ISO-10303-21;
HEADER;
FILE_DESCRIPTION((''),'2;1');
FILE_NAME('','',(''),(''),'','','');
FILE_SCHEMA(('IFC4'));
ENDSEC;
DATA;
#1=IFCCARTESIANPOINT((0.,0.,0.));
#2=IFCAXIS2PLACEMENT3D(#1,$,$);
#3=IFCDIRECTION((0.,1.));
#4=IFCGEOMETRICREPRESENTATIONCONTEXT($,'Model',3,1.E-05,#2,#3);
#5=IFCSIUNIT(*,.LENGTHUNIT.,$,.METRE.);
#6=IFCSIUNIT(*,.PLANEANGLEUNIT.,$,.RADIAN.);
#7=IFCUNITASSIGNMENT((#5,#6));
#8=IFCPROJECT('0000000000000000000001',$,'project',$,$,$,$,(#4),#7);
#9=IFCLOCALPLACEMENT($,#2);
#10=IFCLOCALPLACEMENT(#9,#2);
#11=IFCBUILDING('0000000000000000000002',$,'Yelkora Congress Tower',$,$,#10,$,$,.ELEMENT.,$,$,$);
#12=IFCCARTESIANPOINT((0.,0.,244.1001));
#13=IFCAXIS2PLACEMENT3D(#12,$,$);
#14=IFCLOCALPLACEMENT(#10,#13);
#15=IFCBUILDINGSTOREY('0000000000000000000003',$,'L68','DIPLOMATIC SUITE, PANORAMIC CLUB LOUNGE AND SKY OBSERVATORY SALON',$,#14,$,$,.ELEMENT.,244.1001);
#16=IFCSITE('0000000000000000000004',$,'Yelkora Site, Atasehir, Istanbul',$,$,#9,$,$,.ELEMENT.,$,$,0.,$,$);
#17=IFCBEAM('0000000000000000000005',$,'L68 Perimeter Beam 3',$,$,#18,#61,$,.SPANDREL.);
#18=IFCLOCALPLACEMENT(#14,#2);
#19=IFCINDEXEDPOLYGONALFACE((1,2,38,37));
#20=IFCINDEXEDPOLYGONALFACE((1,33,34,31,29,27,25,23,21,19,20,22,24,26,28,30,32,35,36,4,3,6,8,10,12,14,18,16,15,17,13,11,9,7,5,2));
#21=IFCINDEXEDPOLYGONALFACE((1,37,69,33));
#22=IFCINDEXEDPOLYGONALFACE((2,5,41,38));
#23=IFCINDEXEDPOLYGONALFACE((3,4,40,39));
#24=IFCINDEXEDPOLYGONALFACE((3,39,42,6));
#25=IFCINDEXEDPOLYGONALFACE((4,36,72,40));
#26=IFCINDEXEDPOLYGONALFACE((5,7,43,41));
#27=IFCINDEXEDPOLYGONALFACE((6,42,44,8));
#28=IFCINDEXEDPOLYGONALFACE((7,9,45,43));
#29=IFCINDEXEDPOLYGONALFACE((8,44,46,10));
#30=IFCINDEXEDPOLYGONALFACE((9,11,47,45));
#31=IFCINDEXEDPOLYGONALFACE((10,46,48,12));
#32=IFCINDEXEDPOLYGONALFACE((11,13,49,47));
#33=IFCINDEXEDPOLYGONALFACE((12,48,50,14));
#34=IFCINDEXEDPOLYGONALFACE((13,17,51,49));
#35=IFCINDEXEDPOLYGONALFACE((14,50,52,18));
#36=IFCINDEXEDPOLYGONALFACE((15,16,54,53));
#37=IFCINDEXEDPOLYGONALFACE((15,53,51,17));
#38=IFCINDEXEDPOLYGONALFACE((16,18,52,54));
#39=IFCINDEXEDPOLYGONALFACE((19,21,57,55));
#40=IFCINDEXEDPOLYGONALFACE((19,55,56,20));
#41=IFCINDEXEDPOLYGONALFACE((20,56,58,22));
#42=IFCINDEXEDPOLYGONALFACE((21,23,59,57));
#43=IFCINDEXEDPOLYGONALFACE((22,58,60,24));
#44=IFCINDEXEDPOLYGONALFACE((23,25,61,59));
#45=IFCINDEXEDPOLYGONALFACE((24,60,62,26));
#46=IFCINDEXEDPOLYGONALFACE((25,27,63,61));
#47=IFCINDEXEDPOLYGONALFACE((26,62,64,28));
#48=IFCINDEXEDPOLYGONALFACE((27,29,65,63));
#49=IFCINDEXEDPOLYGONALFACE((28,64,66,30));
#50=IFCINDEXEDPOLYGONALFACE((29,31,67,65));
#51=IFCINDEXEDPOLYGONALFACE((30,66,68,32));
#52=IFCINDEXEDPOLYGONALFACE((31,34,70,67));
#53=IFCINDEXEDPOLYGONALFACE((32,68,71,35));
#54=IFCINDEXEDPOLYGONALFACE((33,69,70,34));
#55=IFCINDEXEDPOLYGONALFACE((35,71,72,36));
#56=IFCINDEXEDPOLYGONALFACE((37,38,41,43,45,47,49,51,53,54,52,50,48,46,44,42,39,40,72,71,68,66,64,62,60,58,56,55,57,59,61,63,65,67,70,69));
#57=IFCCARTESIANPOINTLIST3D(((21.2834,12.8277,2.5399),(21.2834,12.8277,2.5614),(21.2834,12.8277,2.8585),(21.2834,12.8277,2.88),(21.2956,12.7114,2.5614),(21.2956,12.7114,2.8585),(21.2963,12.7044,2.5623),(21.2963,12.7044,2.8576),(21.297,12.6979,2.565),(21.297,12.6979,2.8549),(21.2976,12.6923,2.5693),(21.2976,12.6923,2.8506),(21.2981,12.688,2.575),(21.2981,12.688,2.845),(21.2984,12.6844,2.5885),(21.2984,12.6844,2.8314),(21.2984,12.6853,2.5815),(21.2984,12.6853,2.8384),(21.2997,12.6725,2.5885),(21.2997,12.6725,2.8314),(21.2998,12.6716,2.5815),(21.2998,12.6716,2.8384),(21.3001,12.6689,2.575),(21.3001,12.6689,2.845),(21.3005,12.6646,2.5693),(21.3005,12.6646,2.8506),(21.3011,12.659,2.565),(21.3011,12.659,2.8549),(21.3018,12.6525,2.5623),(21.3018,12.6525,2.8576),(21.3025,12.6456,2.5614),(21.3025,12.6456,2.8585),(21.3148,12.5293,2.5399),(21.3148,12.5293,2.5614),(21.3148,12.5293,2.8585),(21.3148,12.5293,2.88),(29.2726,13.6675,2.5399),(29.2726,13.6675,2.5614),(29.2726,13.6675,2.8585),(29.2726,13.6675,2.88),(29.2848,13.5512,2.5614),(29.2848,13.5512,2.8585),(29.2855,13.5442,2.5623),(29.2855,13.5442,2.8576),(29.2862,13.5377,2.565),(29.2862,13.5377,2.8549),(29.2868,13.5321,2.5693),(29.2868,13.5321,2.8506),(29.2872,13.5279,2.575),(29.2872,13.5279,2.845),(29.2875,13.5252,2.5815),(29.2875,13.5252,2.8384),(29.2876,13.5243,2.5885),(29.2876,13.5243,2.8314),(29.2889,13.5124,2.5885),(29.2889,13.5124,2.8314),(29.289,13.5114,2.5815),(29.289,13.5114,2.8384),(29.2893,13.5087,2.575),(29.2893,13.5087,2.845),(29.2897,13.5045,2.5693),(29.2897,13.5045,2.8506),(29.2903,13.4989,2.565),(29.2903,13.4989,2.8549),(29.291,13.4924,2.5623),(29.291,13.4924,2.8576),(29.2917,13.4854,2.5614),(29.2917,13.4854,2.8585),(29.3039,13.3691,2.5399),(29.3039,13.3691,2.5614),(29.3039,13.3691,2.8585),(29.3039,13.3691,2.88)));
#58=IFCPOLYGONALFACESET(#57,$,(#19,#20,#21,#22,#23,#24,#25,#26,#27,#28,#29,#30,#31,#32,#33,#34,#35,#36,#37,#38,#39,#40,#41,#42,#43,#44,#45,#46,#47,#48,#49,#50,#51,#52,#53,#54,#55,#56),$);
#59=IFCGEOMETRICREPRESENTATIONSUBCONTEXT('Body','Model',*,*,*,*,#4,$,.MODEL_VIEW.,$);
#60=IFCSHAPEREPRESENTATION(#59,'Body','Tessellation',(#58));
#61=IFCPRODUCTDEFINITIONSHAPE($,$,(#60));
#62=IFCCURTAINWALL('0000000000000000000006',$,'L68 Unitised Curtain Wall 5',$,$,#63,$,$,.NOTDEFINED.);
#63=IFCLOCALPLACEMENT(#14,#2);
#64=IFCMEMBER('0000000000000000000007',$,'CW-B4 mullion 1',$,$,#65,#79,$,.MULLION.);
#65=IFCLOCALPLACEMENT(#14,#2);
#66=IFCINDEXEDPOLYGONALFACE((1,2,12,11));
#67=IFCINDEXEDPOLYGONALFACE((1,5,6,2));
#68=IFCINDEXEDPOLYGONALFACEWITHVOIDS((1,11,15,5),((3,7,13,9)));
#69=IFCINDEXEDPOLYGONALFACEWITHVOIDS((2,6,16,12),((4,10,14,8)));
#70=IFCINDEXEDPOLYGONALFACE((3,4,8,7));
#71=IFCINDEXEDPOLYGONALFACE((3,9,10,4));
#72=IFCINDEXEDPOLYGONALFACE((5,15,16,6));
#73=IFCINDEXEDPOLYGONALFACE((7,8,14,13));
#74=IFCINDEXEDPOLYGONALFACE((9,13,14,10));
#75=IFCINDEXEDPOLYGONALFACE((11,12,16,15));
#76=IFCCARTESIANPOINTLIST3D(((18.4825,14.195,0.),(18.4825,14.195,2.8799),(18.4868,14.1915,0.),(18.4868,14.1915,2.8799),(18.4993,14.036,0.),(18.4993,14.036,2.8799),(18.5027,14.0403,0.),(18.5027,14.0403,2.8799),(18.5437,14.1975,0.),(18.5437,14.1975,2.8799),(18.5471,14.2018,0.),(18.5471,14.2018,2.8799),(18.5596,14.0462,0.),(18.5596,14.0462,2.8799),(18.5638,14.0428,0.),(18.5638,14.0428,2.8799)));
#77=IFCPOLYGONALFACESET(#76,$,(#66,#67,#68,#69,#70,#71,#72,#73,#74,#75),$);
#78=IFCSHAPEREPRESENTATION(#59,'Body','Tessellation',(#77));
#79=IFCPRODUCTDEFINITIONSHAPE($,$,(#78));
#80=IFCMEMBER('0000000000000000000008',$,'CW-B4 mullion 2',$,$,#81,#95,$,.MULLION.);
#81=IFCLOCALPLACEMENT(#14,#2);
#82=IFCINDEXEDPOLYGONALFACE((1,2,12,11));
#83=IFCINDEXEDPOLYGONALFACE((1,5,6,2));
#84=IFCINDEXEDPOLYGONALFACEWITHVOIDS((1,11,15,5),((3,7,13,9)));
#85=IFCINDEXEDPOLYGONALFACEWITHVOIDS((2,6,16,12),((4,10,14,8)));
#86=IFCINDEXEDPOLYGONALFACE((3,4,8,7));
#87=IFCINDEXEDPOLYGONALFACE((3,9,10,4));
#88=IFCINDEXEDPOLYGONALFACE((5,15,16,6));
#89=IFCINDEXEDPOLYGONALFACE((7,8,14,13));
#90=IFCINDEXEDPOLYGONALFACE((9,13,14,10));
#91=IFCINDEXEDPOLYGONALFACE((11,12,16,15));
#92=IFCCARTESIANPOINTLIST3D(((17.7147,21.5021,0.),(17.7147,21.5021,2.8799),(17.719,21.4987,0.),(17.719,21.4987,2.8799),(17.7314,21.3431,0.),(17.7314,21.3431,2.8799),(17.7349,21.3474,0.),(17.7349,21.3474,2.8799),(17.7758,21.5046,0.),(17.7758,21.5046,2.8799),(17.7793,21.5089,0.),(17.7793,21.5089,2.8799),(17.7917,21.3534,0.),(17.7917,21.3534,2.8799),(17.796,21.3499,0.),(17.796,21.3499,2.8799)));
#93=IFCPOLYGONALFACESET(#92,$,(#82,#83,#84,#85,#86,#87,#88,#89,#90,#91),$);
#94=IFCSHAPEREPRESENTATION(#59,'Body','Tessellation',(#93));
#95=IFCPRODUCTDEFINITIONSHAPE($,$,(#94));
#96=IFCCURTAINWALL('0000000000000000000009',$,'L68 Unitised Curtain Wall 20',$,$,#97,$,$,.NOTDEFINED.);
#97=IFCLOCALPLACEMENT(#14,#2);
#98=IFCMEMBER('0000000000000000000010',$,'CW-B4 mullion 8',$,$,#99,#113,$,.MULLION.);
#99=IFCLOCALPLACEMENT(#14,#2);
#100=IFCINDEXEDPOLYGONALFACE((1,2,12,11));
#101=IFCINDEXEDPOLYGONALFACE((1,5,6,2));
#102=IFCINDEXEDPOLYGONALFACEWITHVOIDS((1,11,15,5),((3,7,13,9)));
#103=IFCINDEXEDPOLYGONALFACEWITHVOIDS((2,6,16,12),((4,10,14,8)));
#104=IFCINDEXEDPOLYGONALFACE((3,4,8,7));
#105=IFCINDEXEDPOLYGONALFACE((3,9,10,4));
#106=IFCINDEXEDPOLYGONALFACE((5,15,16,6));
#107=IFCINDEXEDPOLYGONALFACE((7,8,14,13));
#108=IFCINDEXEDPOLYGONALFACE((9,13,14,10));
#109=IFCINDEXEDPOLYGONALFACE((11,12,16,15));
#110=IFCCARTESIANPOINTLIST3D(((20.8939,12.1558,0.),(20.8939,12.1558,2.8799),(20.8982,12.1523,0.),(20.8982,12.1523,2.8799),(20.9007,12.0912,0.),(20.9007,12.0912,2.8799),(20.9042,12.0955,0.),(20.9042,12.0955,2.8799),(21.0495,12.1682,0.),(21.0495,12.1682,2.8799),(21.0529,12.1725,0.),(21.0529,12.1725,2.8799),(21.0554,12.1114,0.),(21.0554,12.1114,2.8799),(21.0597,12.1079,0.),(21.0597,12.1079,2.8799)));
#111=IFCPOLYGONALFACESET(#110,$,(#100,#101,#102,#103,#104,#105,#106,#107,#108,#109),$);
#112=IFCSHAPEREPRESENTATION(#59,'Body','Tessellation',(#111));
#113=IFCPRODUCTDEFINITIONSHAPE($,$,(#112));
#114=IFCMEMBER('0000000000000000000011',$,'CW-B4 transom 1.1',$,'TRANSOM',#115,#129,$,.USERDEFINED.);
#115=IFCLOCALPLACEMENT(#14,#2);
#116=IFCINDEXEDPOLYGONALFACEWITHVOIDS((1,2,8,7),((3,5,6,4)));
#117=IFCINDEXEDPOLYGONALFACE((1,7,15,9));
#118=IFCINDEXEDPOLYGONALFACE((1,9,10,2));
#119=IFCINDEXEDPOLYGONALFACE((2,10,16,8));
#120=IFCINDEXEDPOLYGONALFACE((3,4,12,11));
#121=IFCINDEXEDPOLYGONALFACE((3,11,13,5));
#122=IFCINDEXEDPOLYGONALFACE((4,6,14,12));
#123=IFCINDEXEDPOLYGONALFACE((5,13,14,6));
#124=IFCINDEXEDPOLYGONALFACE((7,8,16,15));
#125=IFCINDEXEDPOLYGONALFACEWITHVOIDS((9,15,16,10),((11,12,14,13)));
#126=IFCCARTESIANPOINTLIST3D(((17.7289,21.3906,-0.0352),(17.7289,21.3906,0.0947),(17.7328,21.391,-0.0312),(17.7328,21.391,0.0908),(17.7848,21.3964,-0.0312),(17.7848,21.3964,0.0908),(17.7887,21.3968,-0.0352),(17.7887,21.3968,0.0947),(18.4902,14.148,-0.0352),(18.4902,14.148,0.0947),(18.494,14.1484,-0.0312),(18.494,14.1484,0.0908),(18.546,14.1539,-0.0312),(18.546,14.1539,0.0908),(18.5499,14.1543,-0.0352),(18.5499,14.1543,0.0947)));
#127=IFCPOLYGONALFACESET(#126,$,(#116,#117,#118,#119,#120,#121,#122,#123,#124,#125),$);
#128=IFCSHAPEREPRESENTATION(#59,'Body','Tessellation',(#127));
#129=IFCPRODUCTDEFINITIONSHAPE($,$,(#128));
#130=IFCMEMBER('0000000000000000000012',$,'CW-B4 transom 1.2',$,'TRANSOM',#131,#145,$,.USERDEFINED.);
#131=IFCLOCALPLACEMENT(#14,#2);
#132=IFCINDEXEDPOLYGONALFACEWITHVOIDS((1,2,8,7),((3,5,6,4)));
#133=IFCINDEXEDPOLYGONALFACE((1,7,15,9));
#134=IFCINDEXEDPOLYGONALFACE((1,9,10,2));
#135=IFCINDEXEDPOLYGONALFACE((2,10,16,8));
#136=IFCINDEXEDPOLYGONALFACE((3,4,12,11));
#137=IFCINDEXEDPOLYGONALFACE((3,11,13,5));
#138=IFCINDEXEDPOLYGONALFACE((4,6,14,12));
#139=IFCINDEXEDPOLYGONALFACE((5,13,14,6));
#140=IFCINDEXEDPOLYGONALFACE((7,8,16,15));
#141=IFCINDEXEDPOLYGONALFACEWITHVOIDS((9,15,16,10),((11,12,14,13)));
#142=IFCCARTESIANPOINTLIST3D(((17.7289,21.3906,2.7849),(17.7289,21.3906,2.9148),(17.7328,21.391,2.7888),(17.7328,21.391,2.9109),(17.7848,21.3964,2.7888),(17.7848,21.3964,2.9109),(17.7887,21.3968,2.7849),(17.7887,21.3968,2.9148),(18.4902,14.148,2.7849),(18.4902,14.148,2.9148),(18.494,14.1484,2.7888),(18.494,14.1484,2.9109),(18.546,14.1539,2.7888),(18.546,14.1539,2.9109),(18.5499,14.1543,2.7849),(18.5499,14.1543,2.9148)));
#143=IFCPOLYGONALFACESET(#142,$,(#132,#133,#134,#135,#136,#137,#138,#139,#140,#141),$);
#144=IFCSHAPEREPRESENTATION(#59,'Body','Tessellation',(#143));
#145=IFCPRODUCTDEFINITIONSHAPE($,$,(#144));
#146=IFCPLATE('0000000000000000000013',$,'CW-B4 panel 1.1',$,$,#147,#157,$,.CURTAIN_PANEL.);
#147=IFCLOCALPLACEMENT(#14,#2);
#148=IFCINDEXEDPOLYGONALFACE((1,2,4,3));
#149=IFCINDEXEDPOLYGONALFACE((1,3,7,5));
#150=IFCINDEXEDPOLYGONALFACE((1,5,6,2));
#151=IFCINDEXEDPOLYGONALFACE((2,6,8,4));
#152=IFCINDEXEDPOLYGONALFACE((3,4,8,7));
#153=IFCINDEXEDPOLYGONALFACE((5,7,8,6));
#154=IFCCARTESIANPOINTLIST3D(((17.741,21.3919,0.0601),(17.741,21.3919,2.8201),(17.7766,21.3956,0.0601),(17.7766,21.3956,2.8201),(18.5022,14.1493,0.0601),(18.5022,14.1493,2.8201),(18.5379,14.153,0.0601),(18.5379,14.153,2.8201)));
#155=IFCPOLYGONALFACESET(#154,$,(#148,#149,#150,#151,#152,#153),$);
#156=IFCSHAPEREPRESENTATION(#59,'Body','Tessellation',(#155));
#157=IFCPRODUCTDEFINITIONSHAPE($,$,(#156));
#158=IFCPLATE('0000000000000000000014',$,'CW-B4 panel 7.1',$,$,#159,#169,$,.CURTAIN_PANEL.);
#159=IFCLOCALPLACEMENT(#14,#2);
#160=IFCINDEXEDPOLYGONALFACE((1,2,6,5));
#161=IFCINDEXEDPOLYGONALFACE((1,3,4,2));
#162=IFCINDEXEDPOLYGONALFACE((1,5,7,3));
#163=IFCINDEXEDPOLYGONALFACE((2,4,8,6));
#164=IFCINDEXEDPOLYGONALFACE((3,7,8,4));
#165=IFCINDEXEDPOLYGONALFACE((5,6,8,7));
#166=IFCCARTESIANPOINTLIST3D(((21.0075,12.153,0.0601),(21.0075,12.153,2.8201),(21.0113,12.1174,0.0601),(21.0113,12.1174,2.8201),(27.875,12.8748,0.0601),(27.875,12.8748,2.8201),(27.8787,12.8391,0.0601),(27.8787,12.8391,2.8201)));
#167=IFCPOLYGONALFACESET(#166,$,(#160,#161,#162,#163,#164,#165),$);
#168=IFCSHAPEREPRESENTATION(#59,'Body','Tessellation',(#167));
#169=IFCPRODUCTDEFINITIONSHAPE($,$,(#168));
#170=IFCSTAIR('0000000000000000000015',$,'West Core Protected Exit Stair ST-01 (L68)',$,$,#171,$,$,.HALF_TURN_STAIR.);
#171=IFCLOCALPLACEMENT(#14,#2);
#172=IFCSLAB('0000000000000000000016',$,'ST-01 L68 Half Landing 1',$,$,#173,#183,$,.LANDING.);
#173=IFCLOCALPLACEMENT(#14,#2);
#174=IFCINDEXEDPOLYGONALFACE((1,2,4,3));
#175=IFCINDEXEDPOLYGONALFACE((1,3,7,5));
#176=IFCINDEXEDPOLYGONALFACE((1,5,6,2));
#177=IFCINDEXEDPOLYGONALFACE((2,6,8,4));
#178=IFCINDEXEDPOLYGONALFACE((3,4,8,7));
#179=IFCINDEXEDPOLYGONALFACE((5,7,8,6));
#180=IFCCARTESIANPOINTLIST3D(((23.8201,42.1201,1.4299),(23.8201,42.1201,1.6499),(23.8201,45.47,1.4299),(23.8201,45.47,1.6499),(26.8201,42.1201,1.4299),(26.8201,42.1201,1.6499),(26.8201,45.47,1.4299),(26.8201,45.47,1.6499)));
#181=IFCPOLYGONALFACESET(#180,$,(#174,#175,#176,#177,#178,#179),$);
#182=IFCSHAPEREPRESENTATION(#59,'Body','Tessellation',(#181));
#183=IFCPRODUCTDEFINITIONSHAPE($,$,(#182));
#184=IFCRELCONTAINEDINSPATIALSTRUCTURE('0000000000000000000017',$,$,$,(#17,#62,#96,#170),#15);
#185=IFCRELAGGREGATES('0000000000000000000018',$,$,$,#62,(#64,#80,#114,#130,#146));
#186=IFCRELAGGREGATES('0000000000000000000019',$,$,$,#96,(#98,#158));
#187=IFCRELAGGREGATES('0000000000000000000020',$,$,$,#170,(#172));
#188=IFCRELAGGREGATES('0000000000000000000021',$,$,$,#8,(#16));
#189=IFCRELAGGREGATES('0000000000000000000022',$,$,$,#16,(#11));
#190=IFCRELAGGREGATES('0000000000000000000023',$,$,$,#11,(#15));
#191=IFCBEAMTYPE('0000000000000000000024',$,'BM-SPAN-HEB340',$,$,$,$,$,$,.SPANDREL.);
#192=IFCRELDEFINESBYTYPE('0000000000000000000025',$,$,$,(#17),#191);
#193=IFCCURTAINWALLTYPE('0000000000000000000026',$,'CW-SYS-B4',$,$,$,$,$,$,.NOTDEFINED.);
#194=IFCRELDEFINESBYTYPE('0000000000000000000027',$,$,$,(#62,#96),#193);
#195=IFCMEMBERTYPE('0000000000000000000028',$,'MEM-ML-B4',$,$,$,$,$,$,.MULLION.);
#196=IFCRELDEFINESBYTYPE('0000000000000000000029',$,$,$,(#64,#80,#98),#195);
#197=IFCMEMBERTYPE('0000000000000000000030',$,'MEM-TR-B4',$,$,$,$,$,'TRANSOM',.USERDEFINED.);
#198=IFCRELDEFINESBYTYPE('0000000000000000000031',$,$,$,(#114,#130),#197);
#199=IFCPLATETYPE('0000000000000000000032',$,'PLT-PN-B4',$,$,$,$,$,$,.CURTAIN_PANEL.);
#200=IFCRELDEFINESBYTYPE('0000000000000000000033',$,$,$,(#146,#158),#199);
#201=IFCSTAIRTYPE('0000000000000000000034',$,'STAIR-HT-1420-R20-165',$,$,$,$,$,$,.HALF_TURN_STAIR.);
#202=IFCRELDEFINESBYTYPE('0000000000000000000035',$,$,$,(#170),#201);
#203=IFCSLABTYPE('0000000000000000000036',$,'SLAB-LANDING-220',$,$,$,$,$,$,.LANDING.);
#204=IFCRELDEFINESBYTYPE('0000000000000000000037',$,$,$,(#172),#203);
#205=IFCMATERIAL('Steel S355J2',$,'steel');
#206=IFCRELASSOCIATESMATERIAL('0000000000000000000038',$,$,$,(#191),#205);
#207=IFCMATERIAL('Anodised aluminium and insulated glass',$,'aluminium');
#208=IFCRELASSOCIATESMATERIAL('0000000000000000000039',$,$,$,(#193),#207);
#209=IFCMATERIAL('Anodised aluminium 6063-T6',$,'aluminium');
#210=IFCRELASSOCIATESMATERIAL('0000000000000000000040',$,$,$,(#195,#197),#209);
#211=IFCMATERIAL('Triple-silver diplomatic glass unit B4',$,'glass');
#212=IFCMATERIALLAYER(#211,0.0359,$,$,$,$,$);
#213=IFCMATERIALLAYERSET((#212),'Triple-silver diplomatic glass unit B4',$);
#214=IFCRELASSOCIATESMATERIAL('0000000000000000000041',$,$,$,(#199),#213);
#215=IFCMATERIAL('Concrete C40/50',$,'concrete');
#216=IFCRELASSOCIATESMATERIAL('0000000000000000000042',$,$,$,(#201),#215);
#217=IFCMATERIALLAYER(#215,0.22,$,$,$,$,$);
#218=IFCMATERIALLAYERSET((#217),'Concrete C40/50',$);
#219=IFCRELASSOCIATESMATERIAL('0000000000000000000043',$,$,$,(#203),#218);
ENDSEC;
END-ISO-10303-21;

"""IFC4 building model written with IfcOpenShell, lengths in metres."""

from ifc_helpers import new_model, si_unit, direction, frame, origin, origin_2d, place, context, subcontext, project, spatial, polyline, rectangle, hollow_rectangle, i_section, outline, extrude, material, layer, layer_set, material_profile, profile_set, type_object, element, aggregate, save


model = new_model("IFC4")

# Units and contexts
model_context = context("Model", 3, precision=1e-05, world=origin(), true_north=direction((0.0, 1.0)))
body_context = subcontext(model_context, "Body", "Model", "MODEL_VIEW")
ifc_project = project(units=[si_unit("LENGTHUNIT", "METRE"), si_unit("PLANEANGLEUNIT", "RADIAN")], contexts=[model_context])

# Site, building, storey
site_placement = place(None, origin())
site = spatial("IfcSite", under=ifc_project, at=site_placement, Name="Yelkora Site, Atasehir, Istanbul", CompositionType="ELEMENT", RefElevation=0.0)
building_placement = place(site_placement, origin())
building = spatial("IfcBuilding", under=site, at=building_placement, Name="Yelkora Congress Tower", CompositionType="ELEMENT")
storey_placement = place(building_placement, frame((0.0, 0.0, 244.1001)))
storey = spatial("IfcBuildingStorey", under=building, at=storey_placement, Name="L68", Description="DIPLOMATIC SUITE, PANORAMIC CLUB LOUNGE AND SKY OBSERVATORY SALON", CompositionType="ELEMENT", Elevation=244.1001)

# Shared definitions
ifc_material_1 = material(Name="Steel S355J2", Category="steel")

# Beam
ifc_material_profile_1 = material_profile(ifc_material_1, i_section(OverallWidth=0.3, OverallDepth=0.3401, WebThickness=0.012, FlangeThickness=0.0215, FilletRadius=0.0271, at=origin_2d()), Name="HEB 340")
ifc_profile_set_1 = profile_set([ifc_material_profile_1], Name="Steel S355J2")
beam_type_1 = type_object("IfcBeamType", Name="BM-SPAN-HEB340", PredefinedType="SPANDREL", material=ifc_profile_set_1)
beam_1_placement = place(storey_placement, frame((21.2991, 12.6785, 2.71), z_axis=(0.99452, 0.104546, 0.0), x_axis=(-0.104546, 0.99452, 0.0)))
element("IfcBeam", 1, at=beam_1_placement, inside=storey, type_object=beam_type_1, Name="L68 Perimeter Beam 3", PredefinedType="SPANDREL", context=body_context, shape_type="SweptSolid", body=[
    extrude(i_section(OverallWidth=0.3, OverallDepth=0.3401, WebThickness=0.012, FlangeThickness=0.0215, FilletRadius=0.0271, at=origin_2d()), origin(), (0.0, 0.0, 1.0), 8.0332),
])

# Curtain wall, members
ifc_material_2 = material(Name="Anodised aluminium and insulated glass", Category="aluminium")
curtain_wall_type = type_object("IfcCurtainWallType", Name="CW-SYS-B4", PredefinedType="NOTDEFINED", material=ifc_material_2)
curtain_wall_1_placement = place(storey_placement, origin())
curtain_wall_1 = element("IfcCurtainWall", 2, at=curtain_wall_1_placement, inside=storey, type_object=curtain_wall_type, Name="L68 Unitised Curtain Wall 5", PredefinedType="NOTDEFINED")
ifc_material_3 = material(Name="Anodised aluminium 6063-T6", Category="aluminium")
ifc_material_profile_2 = material_profile(ifc_material_3, hollow_rectangle(XDim=0.0649, YDim=0.1599, WallThickness=0.0039, at=origin_2d()), Name="ALU 65x160x4")
ifc_profile_set_2 = profile_set([ifc_material_profile_2], Name="Anodised aluminium 6063-T6")
member_type_1 = type_object("IfcMemberType", Name="MEM-ML-B4", PredefinedType="MULLION", material=ifc_profile_set_2)
member_1_placement = place(storey_placement, frame((18.5232, 14.1189, 0.0), z_axis=(0.0, 0.0, 1.0), x_axis=(-0.994522, -0.104526, 0.0)))
member_1 = element("IfcMember", 3, at=member_1_placement, type_object=member_type_1, Name="CW-B4 mullion 1", PredefinedType="MULLION", context=body_context, shape_type="SweptSolid", body=[
    extrude(hollow_rectangle(XDim=0.0649, YDim=0.1599, WallThickness=0.0039, at=origin_2d()), origin(), (0.0, 0.0, 1.0), 2.8799),
])
member_2_placement = place(storey_placement, frame((17.7554, 21.426, 0.0), z_axis=(0.0, 0.0, 1.0), x_axis=(-0.994522, -0.104526, 0.0)))
member_2 = element("IfcMember", 4, at=member_2_placement, type_object=member_type_1, Name="CW-B4 mullion 2", PredefinedType="MULLION", context=body_context, shape_type="SweptSolid", body=[
    extrude(hollow_rectangle(XDim=0.0649, YDim=0.1599, WallThickness=0.0039, at=origin_2d()), origin(), (0.0, 0.0, 1.0), 2.8799),
])

# Curtain wall, member
curtain_wall_2_placement = place(storey_placement, origin())
curtain_wall_2 = element("IfcCurtainWall", 5, at=curtain_wall_2_placement, inside=storey, type_object=curtain_wall_type, Name="L68 Unitised Curtain Wall 20", PredefinedType="NOTDEFINED")
member_3_placement = place(storey_placement, frame((20.9768, 12.1318, 0.0), z_axis=(0.0, 0.0, 1.0), x_axis=(0.104527, -0.994522, 0.0)))
member_3 = element("IfcMember", 6, at=member_3_placement, type_object=member_type_1, Name="CW-B4 mullion 8", PredefinedType="MULLION", context=body_context, shape_type="SweptSolid", body=[
    extrude(hollow_rectangle(XDim=0.0649, YDim=0.1599, WallThickness=0.0039, at=origin_2d()), origin(), (0.0, 0.0, 1.0), 2.8799),
])

# Members
ifc_material_profile_3 = material_profile(ifc_material_3, hollow_rectangle(XDim=0.0601, YDim=0.1299, WallThickness=0.0039, at=origin_2d()), Name="ALU 60x130x4")
ifc_profile_set_3 = profile_set([ifc_material_profile_3], Name="Anodised aluminium 6063-T6")
member_type_2 = type_object("IfcMemberType", Name="MEM-TR-B4", ElementType="TRANSOM", PredefinedType="USERDEFINED", material=ifc_profile_set_3)
member_4_placement = place(storey_placement, frame((18.52, 14.1511, 0.0298), z_axis=(-0.104528, 0.994522, 0.0), x_axis=(-0.994522, -0.104528, 0.0)))
member_4 = element("IfcMember", 7, at=member_4_placement, type_object=member_type_2, Name="CW-B4 transom 1.1", ObjectType="TRANSOM", PredefinedType="USERDEFINED", context=body_context, shape_type="SweptSolid", body=[
    extrude(hollow_rectangle(XDim=0.0601, YDim=0.1299, WallThickness=0.0039, at=origin_2d()), origin(), (0.0, 0.0, 1.0), 7.2825),
])
member_5_placement = place(storey_placement, frame((18.52, 14.1511, 2.8499), z_axis=(-0.104528, 0.994522, 0.0), x_axis=(-0.994522, -0.104528, 0.0)))
member_5 = element("IfcMember", 8, at=member_5_placement, type_object=member_type_2, Name="CW-B4 transom 1.2", ObjectType="TRANSOM", PredefinedType="USERDEFINED", context=body_context, shape_type="SweptSolid", body=[
    extrude(hollow_rectangle(XDim=0.0601, YDim=0.1299, WallThickness=0.0039, at=origin_2d()), origin(), (0.0, 0.0, 1.0), 7.2825),
])

# Plates
ifc_material_4 = material(Name="Triple-silver diplomatic glass unit B4", Category="glass")
ifc_layer_1 = layer(ifc_material_4, 0.0359)
ifc_layer_set_1 = layer_set([ifc_layer_1], Name="Triple-silver diplomatic glass unit B4")
plate_type = type_object("IfcPlateType", Name="PLT-PN-B4", PredefinedType="CURTAIN_PANEL", material=ifc_layer_set_1)
plate_1_placement = place(storey_placement, frame((18.1394, 17.7725, 0.0601), z_axis=(0.0, 0.0, 1.0), x_axis=(-0.104526, 0.994522, 0.0)))
plate_1 = element("IfcPlate", 9, at=plate_1_placement, type_object=plate_type, Name="CW-B4 panel 1.1", PredefinedType="CURTAIN_PANEL", context=body_context, shape_type="SweptSolid", body=[
    extrude(rectangle(XDim=7.2825, YDim=0.0359, at=origin_2d()), origin(), (0.0, 0.0, 1.0), 2.76),
])
aggregate(curtain_wall_1, [member_1, member_2, member_4, member_5, plate_1])
plate_2_placement = place(storey_placement, frame((24.4431, 12.4961, 0.0601), z_axis=(0.0, 0.0, 1.0), x_axis=(-0.994522, -0.104527, 0.0)))
plate_2 = element("IfcPlate", 10, at=plate_2_placement, type_object=plate_type, Name="CW-B4 panel 7.1", PredefinedType="CURTAIN_PANEL", context=body_context, shape_type="SweptSolid", body=[
    extrude(rectangle(XDim=6.9053, YDim=0.0359, at=origin_2d()), origin(), (0.0, 0.0, 1.0), 2.76),
])
aggregate(curtain_wall_2, [member_3, plate_2])

# Stair, slab
ifc_material_5 = material(Name="Concrete C40/50", Category="concrete")
stair_type = type_object("IfcStairType", Name="STAIR-HT-1420-R20-165", PredefinedType="HALF_TURN_STAIR", material=ifc_material_5)
stair_1_placement = place(storey_placement, origin())
stair_1 = element("IfcStair", 11, at=stair_1_placement, inside=storey, type_object=stair_type, Name="West Core Protected Exit Stair ST-01 (L68)", PredefinedType="HALF_TURN_STAIR")
ifc_layer_2 = layer(ifc_material_5, 0.22)
ifc_layer_set_2 = layer_set([ifc_layer_2], Name="Concrete C40/50")
slab_type_1 = type_object("IfcSlabType", Name="SLAB-LANDING-220", PredefinedType="LANDING", material=ifc_layer_set_2)
slab_1_placement = place(storey_placement, frame((0.0, 0.0, 1.4299)))
slab_1 = element("IfcSlab", 12, at=slab_1_placement, type_object=slab_type_1, Name="ST-01 L68 Half Landing 1", PredefinedType="LANDING", context=body_context, shape_type="SweptSolid", body=[
    extrude(outline(polyline([(26.8201, 42.1201), (26.8201, 45.47), (23.8201, 45.47), (23.8201, 42.1201), (26.8201, 42.1201)])), origin(), (0.0, 0.0, 1.0), 0.22),
])
aggregate(stair_1, [slab_1])

save(model, "model.ifc")
